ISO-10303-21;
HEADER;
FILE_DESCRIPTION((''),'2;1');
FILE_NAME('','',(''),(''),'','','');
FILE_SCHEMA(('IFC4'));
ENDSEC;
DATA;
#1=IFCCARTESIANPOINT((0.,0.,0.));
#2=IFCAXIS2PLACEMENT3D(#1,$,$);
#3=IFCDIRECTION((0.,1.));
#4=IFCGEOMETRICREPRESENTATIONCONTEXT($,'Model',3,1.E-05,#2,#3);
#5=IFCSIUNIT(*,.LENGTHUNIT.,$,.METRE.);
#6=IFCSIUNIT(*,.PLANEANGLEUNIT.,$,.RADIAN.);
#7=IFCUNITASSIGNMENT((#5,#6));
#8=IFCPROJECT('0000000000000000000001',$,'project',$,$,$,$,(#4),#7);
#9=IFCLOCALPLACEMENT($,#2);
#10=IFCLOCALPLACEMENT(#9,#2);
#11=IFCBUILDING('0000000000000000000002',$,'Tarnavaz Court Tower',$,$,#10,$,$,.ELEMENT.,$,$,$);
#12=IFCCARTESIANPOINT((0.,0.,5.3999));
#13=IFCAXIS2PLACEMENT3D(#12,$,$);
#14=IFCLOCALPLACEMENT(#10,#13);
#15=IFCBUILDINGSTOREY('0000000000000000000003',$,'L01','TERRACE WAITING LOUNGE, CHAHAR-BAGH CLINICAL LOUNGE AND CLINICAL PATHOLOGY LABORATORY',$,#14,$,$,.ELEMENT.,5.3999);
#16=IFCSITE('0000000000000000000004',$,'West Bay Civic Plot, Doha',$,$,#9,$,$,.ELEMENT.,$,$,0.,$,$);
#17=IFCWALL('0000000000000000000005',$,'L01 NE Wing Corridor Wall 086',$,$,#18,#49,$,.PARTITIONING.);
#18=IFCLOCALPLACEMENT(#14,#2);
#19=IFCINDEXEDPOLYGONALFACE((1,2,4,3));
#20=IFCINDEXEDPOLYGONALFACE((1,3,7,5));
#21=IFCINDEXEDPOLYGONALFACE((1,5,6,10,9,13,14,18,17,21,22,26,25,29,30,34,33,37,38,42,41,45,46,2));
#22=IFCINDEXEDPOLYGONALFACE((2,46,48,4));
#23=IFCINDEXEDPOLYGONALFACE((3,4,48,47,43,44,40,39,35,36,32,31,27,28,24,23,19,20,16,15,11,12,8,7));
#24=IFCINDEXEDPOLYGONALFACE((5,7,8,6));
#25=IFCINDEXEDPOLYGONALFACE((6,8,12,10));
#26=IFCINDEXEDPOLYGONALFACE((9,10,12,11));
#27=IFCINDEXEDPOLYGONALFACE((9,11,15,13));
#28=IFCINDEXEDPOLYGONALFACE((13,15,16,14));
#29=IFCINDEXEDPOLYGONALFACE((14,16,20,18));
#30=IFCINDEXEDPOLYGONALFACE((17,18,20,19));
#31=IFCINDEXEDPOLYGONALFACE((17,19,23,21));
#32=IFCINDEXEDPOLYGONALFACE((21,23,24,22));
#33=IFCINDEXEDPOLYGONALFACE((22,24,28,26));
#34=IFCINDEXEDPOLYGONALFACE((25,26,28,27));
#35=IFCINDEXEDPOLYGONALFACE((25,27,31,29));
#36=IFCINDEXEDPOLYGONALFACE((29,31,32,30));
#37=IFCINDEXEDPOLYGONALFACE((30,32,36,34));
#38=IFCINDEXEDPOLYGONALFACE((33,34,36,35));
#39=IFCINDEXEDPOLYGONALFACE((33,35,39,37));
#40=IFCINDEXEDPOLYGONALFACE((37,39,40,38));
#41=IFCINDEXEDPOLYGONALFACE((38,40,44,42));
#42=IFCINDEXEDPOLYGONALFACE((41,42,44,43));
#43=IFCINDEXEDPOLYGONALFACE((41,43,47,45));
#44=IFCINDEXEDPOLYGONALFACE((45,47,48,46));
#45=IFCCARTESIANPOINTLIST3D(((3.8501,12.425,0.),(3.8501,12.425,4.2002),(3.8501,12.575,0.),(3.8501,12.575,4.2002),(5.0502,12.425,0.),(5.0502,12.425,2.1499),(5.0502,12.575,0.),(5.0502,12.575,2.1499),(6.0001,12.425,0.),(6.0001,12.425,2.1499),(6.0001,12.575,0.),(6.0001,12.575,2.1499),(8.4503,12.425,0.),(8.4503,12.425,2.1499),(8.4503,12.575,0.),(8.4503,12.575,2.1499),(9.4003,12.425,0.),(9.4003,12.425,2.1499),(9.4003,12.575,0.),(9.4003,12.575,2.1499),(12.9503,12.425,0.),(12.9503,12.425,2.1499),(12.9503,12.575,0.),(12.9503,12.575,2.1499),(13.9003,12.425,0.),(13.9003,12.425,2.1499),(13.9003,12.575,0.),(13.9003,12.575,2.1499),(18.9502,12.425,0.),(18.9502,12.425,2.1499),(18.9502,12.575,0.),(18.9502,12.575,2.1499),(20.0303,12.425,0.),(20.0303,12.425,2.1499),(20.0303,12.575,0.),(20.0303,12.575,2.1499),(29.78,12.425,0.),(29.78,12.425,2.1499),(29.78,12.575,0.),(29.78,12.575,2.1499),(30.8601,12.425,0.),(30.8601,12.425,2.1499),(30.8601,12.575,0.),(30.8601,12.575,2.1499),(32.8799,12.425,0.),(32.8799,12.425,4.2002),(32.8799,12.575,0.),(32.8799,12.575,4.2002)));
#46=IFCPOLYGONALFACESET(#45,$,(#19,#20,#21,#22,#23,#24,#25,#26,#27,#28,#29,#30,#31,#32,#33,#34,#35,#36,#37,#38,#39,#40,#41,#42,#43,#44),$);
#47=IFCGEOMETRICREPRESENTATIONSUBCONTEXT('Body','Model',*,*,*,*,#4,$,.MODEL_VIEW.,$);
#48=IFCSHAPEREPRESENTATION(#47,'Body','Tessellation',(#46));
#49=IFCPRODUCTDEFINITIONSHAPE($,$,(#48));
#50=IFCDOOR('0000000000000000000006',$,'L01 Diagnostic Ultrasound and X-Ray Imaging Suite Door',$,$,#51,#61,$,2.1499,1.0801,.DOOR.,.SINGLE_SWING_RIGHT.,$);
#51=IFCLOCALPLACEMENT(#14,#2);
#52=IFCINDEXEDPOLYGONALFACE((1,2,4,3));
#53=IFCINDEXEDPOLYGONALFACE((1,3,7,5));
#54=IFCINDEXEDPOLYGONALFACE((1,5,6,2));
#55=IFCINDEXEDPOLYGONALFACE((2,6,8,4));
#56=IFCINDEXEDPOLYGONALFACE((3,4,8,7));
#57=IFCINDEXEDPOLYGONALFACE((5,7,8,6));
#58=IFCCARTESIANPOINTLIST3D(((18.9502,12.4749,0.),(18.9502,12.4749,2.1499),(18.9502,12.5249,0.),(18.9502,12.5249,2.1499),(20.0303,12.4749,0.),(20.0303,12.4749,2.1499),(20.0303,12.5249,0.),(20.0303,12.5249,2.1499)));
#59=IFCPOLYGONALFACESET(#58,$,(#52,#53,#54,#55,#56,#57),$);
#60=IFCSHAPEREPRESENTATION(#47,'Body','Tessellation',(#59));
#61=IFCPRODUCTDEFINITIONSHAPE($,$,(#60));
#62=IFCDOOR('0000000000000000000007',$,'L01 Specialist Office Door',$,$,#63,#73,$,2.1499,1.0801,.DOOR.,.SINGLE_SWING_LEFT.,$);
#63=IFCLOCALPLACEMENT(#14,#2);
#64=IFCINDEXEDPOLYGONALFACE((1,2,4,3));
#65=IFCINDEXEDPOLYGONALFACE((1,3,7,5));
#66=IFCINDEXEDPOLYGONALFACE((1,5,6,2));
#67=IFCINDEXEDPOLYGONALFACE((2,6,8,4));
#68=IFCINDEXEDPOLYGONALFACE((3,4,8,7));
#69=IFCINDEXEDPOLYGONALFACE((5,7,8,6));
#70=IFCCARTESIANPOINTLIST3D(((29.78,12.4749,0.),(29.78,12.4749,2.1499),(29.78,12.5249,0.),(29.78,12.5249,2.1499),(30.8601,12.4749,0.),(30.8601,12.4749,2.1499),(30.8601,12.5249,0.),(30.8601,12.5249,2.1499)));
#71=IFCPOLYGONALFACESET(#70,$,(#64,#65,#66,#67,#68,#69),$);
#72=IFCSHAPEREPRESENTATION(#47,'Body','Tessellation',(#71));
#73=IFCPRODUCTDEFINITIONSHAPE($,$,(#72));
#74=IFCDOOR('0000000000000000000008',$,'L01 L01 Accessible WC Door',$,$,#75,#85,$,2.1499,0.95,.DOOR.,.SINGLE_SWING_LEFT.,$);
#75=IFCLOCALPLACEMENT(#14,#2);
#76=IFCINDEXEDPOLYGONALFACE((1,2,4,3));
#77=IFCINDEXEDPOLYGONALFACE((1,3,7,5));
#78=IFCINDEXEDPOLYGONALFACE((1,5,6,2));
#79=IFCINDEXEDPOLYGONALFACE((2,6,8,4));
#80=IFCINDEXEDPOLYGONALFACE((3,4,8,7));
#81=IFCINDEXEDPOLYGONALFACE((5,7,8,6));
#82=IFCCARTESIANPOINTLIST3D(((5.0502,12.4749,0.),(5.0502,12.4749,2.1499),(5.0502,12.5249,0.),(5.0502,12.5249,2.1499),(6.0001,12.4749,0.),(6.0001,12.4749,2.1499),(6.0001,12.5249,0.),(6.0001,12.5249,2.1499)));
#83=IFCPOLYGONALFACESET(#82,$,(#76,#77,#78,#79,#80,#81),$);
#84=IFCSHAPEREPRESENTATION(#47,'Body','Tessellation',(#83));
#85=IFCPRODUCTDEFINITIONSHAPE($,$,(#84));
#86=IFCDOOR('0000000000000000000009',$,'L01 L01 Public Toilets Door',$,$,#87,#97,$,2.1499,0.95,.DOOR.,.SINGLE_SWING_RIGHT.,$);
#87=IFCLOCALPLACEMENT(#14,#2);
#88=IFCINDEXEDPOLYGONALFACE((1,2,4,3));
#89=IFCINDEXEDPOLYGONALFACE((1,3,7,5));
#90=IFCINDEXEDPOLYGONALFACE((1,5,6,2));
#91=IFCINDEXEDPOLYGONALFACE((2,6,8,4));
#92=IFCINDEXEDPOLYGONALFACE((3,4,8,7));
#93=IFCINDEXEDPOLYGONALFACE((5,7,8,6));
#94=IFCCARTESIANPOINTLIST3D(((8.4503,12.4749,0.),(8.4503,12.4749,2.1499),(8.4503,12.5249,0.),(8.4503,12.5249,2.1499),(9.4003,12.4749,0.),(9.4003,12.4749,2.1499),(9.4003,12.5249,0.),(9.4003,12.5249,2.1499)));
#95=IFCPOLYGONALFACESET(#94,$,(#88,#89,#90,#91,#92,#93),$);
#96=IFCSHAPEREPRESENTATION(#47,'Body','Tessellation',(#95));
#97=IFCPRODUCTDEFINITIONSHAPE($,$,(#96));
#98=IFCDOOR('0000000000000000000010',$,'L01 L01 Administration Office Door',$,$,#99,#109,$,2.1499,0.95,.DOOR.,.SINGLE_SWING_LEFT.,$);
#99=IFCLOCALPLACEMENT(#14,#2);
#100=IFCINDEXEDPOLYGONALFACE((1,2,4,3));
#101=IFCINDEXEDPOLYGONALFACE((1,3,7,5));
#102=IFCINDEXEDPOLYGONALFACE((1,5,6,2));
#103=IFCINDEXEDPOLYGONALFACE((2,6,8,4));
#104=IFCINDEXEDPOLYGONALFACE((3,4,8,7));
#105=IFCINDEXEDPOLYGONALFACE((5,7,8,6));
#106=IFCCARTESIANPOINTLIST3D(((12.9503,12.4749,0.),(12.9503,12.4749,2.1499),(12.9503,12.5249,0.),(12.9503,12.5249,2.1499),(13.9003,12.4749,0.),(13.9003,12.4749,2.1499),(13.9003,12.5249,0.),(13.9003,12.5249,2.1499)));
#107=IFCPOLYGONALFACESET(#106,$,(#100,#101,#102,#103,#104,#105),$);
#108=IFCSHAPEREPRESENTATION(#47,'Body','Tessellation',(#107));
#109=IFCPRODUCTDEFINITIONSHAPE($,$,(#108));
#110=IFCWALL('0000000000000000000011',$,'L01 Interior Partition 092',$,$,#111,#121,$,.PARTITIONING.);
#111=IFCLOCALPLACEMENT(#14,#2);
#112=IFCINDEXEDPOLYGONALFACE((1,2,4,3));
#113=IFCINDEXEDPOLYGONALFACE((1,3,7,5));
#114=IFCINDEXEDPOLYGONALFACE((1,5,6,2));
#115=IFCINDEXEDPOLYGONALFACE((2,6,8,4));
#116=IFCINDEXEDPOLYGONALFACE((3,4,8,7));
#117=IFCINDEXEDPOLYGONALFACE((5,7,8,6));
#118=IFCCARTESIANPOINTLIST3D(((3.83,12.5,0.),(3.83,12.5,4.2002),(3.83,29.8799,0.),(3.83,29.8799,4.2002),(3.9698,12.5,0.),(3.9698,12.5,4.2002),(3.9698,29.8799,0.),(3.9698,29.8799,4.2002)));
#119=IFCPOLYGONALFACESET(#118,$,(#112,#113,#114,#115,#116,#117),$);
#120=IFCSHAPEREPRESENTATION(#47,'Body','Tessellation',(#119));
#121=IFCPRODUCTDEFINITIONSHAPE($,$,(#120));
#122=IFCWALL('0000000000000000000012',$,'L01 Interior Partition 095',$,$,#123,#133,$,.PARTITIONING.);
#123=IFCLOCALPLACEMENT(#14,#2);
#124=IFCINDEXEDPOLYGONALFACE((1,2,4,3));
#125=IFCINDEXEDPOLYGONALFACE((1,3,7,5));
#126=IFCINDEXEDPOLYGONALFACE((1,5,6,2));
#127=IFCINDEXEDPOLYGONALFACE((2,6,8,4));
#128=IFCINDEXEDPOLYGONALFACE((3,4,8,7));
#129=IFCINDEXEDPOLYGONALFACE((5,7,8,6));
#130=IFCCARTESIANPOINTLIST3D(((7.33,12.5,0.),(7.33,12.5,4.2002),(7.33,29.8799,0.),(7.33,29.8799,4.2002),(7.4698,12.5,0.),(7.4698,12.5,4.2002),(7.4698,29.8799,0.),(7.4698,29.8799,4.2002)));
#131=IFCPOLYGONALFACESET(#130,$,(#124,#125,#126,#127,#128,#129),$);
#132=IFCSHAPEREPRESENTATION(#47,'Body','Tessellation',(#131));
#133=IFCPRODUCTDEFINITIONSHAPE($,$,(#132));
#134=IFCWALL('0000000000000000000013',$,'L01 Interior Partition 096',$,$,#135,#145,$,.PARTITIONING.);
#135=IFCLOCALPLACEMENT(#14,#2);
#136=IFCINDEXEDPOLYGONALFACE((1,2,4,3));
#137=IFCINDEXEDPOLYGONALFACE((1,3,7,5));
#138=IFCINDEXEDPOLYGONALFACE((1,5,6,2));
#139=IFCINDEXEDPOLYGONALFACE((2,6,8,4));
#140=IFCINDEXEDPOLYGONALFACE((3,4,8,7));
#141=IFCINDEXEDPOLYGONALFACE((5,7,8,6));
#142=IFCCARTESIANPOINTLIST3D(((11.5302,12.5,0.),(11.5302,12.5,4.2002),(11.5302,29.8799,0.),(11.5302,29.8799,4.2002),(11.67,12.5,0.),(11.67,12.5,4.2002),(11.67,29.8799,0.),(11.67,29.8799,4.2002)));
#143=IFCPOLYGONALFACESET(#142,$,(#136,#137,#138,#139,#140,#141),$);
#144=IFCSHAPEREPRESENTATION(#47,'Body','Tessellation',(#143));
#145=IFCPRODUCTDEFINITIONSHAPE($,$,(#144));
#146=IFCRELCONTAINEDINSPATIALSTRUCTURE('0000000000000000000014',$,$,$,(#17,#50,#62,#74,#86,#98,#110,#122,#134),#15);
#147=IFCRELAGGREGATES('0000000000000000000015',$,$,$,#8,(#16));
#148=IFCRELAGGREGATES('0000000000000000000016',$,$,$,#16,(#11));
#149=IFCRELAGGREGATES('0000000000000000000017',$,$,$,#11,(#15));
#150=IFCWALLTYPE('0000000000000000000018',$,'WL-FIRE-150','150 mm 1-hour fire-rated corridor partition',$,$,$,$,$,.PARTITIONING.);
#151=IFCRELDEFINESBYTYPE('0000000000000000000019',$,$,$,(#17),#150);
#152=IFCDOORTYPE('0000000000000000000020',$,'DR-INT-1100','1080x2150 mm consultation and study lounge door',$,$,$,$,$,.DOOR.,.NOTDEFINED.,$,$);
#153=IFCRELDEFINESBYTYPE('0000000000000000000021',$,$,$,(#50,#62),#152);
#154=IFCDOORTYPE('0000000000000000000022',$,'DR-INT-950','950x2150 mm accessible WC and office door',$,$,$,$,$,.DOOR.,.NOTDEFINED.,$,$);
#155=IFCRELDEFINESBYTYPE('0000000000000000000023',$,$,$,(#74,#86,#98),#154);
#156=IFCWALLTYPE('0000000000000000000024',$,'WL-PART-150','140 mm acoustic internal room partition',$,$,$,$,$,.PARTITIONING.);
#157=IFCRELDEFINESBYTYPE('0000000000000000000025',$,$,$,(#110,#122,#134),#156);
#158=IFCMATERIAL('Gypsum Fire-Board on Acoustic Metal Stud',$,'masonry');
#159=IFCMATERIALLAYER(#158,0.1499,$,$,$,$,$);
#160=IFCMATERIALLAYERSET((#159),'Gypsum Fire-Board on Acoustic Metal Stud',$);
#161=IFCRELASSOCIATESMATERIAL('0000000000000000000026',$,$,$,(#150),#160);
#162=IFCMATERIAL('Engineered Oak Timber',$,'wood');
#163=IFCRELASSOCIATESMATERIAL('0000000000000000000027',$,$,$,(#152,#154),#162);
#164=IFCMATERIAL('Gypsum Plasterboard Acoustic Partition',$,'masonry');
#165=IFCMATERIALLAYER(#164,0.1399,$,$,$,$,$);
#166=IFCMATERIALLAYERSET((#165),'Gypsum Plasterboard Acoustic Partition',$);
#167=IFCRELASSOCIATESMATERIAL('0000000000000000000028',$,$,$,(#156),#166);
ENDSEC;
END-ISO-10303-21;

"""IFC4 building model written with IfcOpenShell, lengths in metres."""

from ifc_helpers import new_model, si_unit, direction, frame, frame_2d, origin, place, context, subcontext, project, spatial, rectangle, extrude, material, layer, layer_set, type_object, element, fill, save


model = new_model("IFC4")

# Units and contexts
model_context = context("Model", 3, precision=1e-05, world=origin(), true_north=direction((0.0, 1.0)))
body_context = subcontext(model_context, "Body", "Model", "MODEL_VIEW")
ifc_project = project(units=[si_unit("LENGTHUNIT", "METRE"), si_unit("PLANEANGLEUNIT", "RADIAN")], contexts=[model_context])

# Site, building, storey
site_placement = place(None, origin())
site = spatial("IfcSite", under=ifc_project, at=site_placement, Name="West Bay Civic Plot, Doha", CompositionType="ELEMENT", RefElevation=0.0)
building_placement = place(site_placement, origin())
building = spatial("IfcBuilding", under=site, at=building_placement, Name="Tarnavaz Court Tower", CompositionType="ELEMENT")
storey_placement = place(building_placement, frame((0.0, 0.0, 5.3999)))
storey = spatial("IfcBuildingStorey", under=building, at=storey_placement, Name="L01", Description="TERRACE WAITING LOUNGE, CHAHAR-BAGH CLINICAL LOUNGE AND CLINICAL PATHOLOGY LABORATORY", CompositionType="ELEMENT", Elevation=5.3999)

# Wall, openings, doors
ifc_material_1 = material(Name="Gypsum Fire-Board on Acoustic Metal Stud", Category="masonry")
ifc_layer_1 = layer(ifc_material_1, 0.1499)
ifc_layer_set_1 = layer_set([ifc_layer_1], Name="Gypsum Fire-Board on Acoustic Metal Stud")
wall_type_1 = type_object("IfcWallType", Name="WL-FIRE-150", Description="150 mm 1-hour fire-rated corridor partition", PredefinedType="PARTITIONING", material=ifc_layer_set_1)
wall_placement = place(storey_placement, frame((3.8501, 12.5, 0.0), z_axis=(0.0, 0.0, 1.0), x_axis=(1.0, 0.0, 0.0)))
wall = element("IfcWall", 1, at=wall_placement, inside=storey, type_object=wall_type_1, Name="L01 NE Wing Corridor Wall 086", PredefinedType="PARTITIONING", context=body_context, shape_type="SweptSolid", body=[
    extrude(rectangle(XDim=29.0298, YDim=0.1499, at=frame_2d((14.5149, 0.0))), origin(), (0.0, 0.0, 1.0), 4.2002),
])
opening_1_placement = place(wall_placement, frame((1.2, 0.0, 0.0)))
opening_1 = element("IfcOpeningElement", 2, at=opening_1_placement, cuts=wall, PredefinedType="OPENING", context=body_context, shape_type="SweptSolid", body=[
    extrude(rectangle(XDim=0.95, YDim=2.1499, at=frame_2d((0.4751, 1.075))), frame((0.0, 0.085, 0.0), z_axis=(0.0, -1.0, 0.0), x_axis=(1.0, 0.0, 0.0)), (0.0, 0.0, 1.0), 0.1699),
])
opening_2_placement = place(wall_placement, frame((4.6001, 0.0, 0.0)))
opening_2 = element("IfcOpeningElement", 3, at=opening_2_placement, cuts=wall, PredefinedType="OPENING", context=body_context, shape_type="SweptSolid", body=[
    extrude(rectangle(XDim=0.95, YDim=2.1499, at=frame_2d((0.4751, 1.075))), frame((0.0, 0.085, 0.0), z_axis=(0.0, -1.0, 0.0), x_axis=(1.0, 0.0, 0.0)), (0.0, 0.0, 1.0), 0.1699),
])
opening_3_placement = place(wall_placement, frame((9.1001, 0.0, 0.0)))
opening_3 = element("IfcOpeningElement", 4, at=opening_3_placement, cuts=wall, PredefinedType="OPENING", context=body_context, shape_type="SweptSolid", body=[
    extrude(rectangle(XDim=0.95, YDim=2.1499, at=frame_2d((0.4751, 1.075))), frame((0.0, 0.085, 0.0), z_axis=(0.0, -1.0, 0.0), x_axis=(1.0, 0.0, 0.0)), (0.0, 0.0, 1.0), 0.1699),
])
opening_4_placement = place(wall_placement, frame((15.1001, 0.0, 0.0)))
opening_4 = element("IfcOpeningElement", 5, at=opening_4_placement, cuts=wall, PredefinedType="OPENING", context=body_context, shape_type="SweptSolid", body=[
    extrude(rectangle(XDim=1.0801, YDim=2.1499, at=frame_2d((0.54, 1.075))), frame((0.0, 0.085, 0.0), z_axis=(0.0, -1.0, 0.0), x_axis=(1.0, 0.0, 0.0)), (0.0, 0.0, 1.0), 0.1699),
])
opening_5_placement = place(wall_placement, frame((25.9299, 0.0, 0.0)))
opening_5 = element("IfcOpeningElement", 6, at=opening_5_placement, cuts=wall, PredefinedType="OPENING", context=body_context, shape_type="SweptSolid", body=[
    extrude(rectangle(XDim=1.0801, YDim=2.1499, at=frame_2d((0.54, 1.075))), frame((0.0, 0.085, 0.0), z_axis=(0.0, -1.0, 0.0), x_axis=(1.0, 0.0, 0.0)), (0.0, 0.0, 1.0), 0.1699),
])
ifc_material_2 = material(Name="Engineered Oak Timber", Category="wood")
door_type_1 = type_object("IfcDoorType", Name="DR-INT-1100", Description="1080x2150 mm consultation and study lounge door", OperationType="NOTDEFINED", PredefinedType="DOOR", material=ifc_material_2)
door_1_placement = place(opening_4_placement, origin())
door_1 = element("IfcDoor", 7, at=door_1_placement, inside=storey, type_object=door_type_1, Name="L01 Diagnostic Ultrasound and X-Ray Imaging Suite Door", OperationType="SINGLE_SWING_RIGHT", OverallHeight=2.1499, OverallWidth=1.0801, PredefinedType="DOOR", context=body_context, shape_type="SweptSolid", body=[
    extrude(rectangle(XDim=1.0801, YDim=2.1499, at=frame_2d((0.54, 1.075))), frame((0.0, 0.0249, 0.0), z_axis=(0.0, -1.0, 0.0), x_axis=(1.0, 0.0, 0.0)), (0.0, 0.0, 1.0), 0.05),
])
fill(opening_4, door_1)
door_2_placement = place(opening_5_placement, origin())
door_2 = element("IfcDoor", 8, at=door_2_placement, inside=storey, type_object=door_type_1, Name="L01 Specialist Office Door", OperationType="SINGLE_SWING_LEFT", OverallHeight=2.1499, OverallWidth=1.0801, PredefinedType="DOOR", context=body_context, shape_type="SweptSolid", body=[
    extrude(rectangle(XDim=1.0801, YDim=2.1499, at=frame_2d((0.54, 1.075))), frame((0.0, 0.0249, 0.0), z_axis=(0.0, -1.0, 0.0), x_axis=(1.0, 0.0, 0.0)), (0.0, 0.0, 1.0), 0.05),
])
fill(opening_5, door_2)
door_type_2 = type_object("IfcDoorType", Name="DR-INT-950", Description="950x2150 mm accessible WC and office door", OperationType="NOTDEFINED", PredefinedType="DOOR", material=ifc_material_2)
door_3_placement = place(opening_1_placement, origin())
door_3 = element("IfcDoor", 9, at=door_3_placement, inside=storey, type_object=door_type_2, Name="L01 L01 Accessible WC Door", OperationType="SINGLE_SWING_LEFT", OverallHeight=2.1499, OverallWidth=0.95, PredefinedType="DOOR", context=body_context, shape_type="SweptSolid", body=[
    extrude(rectangle(XDim=0.95, YDim=2.1499, at=frame_2d((0.4751, 1.075))), frame((0.0, 0.0249, 0.0), z_axis=(0.0, -1.0, 0.0), x_axis=(1.0, 0.0, 0.0)), (0.0, 0.0, 1.0), 0.05),
])
fill(opening_1, door_3)
door_4_placement = place(opening_2_placement, origin())
door_4 = element("IfcDoor", 10, at=door_4_placement, inside=storey, type_object=door_type_2, Name="L01 L01 Public Toilets Door", OperationType="SINGLE_SWING_RIGHT", OverallHeight=2.1499, OverallWidth=0.95, PredefinedType="DOOR", context=body_context, shape_type="SweptSolid", body=[
    extrude(rectangle(XDim=0.95, YDim=2.1499, at=frame_2d((0.4751, 1.075))), frame((0.0, 0.0249, 0.0), z_axis=(0.0, -1.0, 0.0), x_axis=(1.0, 0.0, 0.0)), (0.0, 0.0, 1.0), 0.05),
])
fill(opening_2, door_4)
door_5_placement = place(opening_3_placement, origin())
door_5 = element("IfcDoor", 11, at=door_5_placement, inside=storey, type_object=door_type_2, Name="L01 L01 Administration Office Door", OperationType="SINGLE_SWING_LEFT", OverallHeight=2.1499, OverallWidth=0.95, PredefinedType="DOOR", context=body_context, shape_type="SweptSolid", body=[
    extrude(rectangle(XDim=0.95, YDim=2.1499, at=frame_2d((0.4751, 1.075))), frame((0.0, 0.0249, 0.0), z_axis=(0.0, -1.0, 0.0), x_axis=(1.0, 0.0, 0.0)), (0.0, 0.0, 1.0), 0.05),
])
fill(opening_3, door_5)

# Walls
ifc_material_3 = material(Name="Gypsum Plasterboard Acoustic Partition", Category="masonry")
ifc_layer_2 = layer(ifc_material_3, 0.1399)
ifc_layer_set_2 = layer_set([ifc_layer_2], Name="Gypsum Plasterboard Acoustic Partition")
wall_type_2 = type_object("IfcWallType", Name="WL-PART-150", Description="140 mm acoustic internal room partition", PredefinedType="PARTITIONING", material=ifc_layer_set_2)
for number, where, z_axis, x_axis, name in (
    (12, (3.8999, 12.5, 0.0), (0.0, 0.0, 1.0), (0.0, 1.0, 0.0), "L01 Interior Partition 092"),
    (13, (7.3999, 12.5, 0.0), (0.0, 0.0, 1.0), (0.0, 1.0, 0.0), "L01 Interior Partition 095"),
    (14, (11.6001, 12.5, 0.0), (0.0, 0.0, 1.0), (0.0, 1.0, 0.0), "L01 Interior Partition 096"),
):
    element("IfcWall", number, at=place(storey_placement, frame(where, z_axis=z_axis, x_axis=x_axis)), inside=storey, type_object=wall_type_2, Name=name, PredefinedType="PARTITIONING", context=body_context, shape_type="SweptSolid", body=[
        extrude(rectangle(XDim=17.3799, YDim=0.1399, at=frame_2d((8.6899, 0.0))), origin(), (0.0, 0.0, 1.0), 4.2002),
    ])

save(model, "model.ifc")
